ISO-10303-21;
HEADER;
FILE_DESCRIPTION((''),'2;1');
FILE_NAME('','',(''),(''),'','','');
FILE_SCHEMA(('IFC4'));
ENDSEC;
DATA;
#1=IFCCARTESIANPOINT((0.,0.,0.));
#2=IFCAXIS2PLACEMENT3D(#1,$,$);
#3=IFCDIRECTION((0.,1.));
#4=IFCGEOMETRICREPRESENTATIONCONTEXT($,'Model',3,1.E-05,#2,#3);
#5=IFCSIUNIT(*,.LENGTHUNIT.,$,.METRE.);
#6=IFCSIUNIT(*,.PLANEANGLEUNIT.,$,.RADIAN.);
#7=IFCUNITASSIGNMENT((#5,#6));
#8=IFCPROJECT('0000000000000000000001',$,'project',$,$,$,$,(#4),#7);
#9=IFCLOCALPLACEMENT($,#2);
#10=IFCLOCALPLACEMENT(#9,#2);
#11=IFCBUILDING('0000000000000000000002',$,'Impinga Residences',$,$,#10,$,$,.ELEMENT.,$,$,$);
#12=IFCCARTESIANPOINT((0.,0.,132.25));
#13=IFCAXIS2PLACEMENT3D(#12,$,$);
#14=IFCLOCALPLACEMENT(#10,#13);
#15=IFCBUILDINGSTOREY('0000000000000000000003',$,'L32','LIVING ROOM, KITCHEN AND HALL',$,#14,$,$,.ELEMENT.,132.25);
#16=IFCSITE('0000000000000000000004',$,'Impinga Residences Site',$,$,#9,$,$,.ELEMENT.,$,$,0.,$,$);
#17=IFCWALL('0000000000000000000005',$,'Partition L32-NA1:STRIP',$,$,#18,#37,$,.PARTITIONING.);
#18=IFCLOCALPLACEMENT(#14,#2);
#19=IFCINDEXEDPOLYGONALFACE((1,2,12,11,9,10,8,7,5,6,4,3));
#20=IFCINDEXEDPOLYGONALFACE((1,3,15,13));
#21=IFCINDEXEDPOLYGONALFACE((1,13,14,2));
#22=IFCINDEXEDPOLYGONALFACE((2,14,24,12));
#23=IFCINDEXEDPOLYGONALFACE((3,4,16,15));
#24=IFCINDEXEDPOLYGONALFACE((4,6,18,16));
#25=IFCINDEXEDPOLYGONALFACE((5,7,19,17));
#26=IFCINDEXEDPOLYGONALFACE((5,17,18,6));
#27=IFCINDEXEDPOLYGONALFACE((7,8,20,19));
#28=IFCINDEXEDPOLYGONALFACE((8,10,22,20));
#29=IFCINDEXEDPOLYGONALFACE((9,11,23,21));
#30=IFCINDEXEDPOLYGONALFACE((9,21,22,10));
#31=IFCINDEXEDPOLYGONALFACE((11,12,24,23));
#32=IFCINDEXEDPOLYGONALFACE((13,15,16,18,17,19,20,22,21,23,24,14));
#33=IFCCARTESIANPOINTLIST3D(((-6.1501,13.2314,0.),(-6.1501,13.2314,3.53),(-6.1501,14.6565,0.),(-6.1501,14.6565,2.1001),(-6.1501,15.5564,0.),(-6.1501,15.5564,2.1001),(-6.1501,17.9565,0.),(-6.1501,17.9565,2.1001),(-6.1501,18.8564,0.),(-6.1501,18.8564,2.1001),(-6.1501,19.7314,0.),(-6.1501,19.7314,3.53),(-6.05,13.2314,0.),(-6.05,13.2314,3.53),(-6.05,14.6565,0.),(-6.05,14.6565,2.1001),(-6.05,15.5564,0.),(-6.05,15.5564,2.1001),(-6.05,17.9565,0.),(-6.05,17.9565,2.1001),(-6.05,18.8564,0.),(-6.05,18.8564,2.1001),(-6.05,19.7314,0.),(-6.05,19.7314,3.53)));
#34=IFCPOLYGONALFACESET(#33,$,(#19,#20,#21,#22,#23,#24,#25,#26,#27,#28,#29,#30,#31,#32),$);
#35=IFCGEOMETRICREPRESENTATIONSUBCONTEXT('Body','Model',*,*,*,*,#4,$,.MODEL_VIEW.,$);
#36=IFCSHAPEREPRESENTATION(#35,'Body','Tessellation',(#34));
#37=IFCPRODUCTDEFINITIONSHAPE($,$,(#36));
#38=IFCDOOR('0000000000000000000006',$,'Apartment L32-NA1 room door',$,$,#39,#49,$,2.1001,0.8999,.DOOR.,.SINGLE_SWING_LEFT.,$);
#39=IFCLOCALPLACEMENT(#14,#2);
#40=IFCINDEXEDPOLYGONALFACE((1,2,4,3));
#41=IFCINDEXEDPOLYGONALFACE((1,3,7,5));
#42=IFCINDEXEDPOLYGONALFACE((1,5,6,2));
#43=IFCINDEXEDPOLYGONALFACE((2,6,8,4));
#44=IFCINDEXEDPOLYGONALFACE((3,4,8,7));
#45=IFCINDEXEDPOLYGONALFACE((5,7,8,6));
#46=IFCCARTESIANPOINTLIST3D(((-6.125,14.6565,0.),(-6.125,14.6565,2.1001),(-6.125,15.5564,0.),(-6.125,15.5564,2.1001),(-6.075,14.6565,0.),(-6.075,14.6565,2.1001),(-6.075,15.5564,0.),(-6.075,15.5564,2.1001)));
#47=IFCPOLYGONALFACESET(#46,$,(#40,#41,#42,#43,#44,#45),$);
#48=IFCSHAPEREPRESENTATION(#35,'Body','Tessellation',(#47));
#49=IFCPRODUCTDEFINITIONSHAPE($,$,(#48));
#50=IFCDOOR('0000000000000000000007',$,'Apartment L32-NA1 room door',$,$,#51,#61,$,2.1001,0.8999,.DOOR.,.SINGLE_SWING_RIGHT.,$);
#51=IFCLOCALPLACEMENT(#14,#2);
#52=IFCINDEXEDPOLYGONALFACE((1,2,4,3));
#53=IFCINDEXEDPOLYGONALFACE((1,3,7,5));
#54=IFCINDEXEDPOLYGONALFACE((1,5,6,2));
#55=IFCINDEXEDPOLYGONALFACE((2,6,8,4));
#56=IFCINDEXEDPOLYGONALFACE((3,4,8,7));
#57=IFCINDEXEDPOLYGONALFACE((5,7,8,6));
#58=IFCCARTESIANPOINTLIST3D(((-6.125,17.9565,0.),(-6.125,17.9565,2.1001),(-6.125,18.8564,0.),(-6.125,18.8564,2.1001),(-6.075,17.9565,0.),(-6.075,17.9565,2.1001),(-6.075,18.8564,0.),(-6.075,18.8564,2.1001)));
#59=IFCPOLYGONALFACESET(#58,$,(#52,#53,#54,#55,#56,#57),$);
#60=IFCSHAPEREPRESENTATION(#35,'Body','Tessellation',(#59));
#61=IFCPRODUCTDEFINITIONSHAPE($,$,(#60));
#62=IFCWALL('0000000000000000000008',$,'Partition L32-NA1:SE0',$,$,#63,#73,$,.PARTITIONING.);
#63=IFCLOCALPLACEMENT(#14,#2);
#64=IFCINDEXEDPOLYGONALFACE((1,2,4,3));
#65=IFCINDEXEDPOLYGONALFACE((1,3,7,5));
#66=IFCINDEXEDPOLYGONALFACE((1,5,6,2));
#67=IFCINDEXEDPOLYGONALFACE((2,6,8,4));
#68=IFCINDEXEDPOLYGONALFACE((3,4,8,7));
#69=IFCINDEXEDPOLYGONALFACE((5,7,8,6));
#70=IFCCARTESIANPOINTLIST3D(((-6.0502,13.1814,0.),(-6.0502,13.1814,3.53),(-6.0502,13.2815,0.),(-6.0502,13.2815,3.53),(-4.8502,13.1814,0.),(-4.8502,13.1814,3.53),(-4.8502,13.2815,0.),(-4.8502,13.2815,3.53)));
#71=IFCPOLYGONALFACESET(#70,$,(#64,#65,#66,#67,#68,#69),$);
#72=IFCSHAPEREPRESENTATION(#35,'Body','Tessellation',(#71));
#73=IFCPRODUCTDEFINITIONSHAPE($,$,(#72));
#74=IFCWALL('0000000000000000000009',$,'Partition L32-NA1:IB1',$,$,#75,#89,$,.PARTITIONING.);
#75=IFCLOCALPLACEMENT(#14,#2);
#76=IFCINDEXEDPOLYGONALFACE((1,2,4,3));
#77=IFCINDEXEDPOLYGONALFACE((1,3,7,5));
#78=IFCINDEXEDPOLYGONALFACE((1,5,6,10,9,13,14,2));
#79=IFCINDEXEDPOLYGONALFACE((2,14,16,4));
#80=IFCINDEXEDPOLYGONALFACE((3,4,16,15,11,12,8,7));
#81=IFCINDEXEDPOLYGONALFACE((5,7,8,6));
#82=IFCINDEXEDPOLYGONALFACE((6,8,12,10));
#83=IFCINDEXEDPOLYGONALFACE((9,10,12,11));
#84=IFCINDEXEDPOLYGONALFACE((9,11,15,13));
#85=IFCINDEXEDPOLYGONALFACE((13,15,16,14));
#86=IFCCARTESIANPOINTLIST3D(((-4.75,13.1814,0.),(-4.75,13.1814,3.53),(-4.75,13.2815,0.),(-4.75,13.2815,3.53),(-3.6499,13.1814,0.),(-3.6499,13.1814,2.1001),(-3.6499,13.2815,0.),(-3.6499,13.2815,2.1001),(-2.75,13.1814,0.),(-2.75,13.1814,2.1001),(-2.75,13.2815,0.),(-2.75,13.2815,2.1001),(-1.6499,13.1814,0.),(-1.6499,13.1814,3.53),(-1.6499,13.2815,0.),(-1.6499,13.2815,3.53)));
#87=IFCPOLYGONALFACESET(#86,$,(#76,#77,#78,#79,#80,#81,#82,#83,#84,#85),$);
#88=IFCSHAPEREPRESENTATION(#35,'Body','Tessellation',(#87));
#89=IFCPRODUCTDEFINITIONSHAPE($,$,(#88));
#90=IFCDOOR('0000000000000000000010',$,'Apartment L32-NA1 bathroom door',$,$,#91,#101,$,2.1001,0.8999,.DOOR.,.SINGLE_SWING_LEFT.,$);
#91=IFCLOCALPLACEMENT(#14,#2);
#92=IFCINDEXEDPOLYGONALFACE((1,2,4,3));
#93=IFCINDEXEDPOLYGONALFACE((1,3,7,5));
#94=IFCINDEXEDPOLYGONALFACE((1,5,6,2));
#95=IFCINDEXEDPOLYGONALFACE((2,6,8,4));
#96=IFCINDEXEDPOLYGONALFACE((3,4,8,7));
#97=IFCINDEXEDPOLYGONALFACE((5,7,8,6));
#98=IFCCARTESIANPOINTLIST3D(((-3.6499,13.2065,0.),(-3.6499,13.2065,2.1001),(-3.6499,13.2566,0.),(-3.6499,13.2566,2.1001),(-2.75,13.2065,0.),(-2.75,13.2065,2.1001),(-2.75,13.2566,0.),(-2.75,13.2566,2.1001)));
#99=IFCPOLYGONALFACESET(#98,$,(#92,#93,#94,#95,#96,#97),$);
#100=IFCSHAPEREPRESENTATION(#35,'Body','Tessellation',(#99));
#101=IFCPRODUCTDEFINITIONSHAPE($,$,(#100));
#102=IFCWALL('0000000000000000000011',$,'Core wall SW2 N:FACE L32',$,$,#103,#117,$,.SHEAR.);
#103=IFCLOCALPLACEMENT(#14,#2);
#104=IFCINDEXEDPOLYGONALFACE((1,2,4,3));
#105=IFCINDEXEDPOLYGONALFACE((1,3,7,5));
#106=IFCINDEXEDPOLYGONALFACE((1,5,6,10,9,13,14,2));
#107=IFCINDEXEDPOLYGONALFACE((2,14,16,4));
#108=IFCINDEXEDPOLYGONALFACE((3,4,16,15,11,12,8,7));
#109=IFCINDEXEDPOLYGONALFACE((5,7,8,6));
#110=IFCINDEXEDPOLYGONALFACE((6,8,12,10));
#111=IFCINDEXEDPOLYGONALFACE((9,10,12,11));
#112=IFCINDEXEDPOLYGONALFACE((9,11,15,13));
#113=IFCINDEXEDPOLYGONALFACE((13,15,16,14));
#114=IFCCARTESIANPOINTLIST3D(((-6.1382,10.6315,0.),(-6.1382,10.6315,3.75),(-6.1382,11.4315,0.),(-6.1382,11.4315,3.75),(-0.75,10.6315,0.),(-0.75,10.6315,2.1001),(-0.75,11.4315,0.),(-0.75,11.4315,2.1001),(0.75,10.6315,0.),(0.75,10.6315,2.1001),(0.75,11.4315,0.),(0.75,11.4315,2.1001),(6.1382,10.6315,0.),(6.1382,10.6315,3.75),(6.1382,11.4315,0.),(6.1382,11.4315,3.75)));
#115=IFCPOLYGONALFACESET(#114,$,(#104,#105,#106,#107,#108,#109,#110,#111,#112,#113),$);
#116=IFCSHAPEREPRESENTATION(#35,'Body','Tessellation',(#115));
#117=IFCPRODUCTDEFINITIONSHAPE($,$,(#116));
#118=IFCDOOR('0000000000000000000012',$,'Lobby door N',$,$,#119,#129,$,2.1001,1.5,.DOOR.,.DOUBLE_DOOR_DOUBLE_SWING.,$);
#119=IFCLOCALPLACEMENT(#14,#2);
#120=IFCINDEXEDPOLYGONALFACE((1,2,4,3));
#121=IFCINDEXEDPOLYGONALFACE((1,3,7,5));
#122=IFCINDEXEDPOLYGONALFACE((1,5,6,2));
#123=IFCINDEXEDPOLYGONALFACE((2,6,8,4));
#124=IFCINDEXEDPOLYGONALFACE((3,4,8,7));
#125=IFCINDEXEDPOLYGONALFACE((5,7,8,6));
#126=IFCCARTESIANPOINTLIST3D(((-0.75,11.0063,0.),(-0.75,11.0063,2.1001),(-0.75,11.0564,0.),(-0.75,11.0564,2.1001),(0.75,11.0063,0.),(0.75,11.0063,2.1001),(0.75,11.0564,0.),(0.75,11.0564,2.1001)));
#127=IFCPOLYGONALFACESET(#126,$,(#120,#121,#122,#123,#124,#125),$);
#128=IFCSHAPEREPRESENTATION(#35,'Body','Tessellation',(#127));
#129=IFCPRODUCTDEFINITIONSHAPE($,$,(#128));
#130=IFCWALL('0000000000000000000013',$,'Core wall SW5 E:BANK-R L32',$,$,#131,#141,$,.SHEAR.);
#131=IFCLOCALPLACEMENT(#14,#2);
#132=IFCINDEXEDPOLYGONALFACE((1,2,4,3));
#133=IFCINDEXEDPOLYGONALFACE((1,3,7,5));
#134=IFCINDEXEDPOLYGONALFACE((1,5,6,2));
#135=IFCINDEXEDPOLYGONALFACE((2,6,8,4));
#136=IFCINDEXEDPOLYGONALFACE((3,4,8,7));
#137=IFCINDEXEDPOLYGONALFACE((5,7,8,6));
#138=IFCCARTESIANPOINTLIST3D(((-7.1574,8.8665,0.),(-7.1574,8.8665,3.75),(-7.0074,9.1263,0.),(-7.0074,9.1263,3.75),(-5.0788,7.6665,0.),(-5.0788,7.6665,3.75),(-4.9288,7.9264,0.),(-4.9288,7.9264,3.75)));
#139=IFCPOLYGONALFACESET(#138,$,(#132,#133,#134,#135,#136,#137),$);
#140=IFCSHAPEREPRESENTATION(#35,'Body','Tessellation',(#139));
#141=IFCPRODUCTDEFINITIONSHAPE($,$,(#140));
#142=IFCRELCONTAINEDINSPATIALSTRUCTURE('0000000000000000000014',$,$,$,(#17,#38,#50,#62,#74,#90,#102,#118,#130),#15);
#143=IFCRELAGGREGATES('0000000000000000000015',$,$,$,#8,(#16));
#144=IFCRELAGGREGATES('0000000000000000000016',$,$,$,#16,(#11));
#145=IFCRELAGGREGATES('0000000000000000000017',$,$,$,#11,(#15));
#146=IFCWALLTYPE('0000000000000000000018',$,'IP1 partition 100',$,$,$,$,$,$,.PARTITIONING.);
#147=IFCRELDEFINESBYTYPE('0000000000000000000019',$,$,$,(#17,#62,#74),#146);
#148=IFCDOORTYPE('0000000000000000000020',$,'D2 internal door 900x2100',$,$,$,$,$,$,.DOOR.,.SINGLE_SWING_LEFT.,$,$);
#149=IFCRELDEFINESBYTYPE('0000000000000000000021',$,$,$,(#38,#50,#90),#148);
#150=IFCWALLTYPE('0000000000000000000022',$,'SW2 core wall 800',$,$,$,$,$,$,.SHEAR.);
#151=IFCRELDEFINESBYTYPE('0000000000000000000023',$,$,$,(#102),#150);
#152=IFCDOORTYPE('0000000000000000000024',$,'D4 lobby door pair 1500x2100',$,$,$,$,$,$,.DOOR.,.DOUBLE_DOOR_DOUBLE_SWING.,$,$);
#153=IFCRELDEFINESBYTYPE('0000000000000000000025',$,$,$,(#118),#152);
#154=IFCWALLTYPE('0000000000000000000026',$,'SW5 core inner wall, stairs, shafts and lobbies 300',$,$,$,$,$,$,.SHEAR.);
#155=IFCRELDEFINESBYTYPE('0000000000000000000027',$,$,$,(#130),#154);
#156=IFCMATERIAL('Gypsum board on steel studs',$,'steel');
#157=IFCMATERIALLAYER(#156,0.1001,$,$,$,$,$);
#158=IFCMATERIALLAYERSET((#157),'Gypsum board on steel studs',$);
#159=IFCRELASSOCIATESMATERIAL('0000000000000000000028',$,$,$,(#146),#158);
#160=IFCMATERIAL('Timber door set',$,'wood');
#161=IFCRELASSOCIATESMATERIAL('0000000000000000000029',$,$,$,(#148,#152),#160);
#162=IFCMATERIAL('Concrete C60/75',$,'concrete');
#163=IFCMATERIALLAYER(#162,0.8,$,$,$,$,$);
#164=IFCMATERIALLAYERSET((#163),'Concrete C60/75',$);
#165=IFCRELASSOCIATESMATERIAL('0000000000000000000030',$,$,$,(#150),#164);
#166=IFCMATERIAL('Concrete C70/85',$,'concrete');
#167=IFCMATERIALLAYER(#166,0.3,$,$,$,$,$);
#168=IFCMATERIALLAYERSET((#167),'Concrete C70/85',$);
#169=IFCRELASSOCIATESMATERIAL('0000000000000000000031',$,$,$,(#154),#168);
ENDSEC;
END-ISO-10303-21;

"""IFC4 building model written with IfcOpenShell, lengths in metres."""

from ifc_helpers import new_model, si_unit, direction, frame, frame_2d, origin, place, context, subcontext, project, spatial, rectangle, extrude, material, layer, layer_set, type_object, element, fill, save


model = new_model("IFC4")

# Units and contexts
model_context = context("Model", 3, precision=1e-05, world=origin(), true_north=direction((0.0, 1.0)))
body_context = subcontext(model_context, "Body", "Model", "MODEL_VIEW")
ifc_project = project(units=[si_unit("LENGTHUNIT", "METRE"), si_unit("PLANEANGLEUNIT", "RADIAN")], contexts=[model_context])

# Site, building, storey
site_placement = place(None, origin())
site = spatial("IfcSite", under=ifc_project, at=site_placement, Name="Impinga Residences Site", CompositionType="ELEMENT", RefElevation=0.0)
building_placement = place(site_placement, origin())
building = spatial("IfcBuilding", under=site, at=building_placement, Name="Impinga Residences", CompositionType="ELEMENT")
storey_placement = place(building_placement, frame((0.0, 0.0, 132.25)))
storey = spatial("IfcBuildingStorey", under=building, at=storey_placement, Name="L32", Description="LIVING ROOM, KITCHEN AND HALL", CompositionType="ELEMENT", Elevation=132.25)

# Shared definitions
ifc_material_1 = material(Name="Concrete C60/75", Category="concrete")

# Shared definitions
ifc_material_2 = material(Name="Timber door set", Category="wood")

# Shared definitions
ifc_material_3 = material(Name="Gypsum board on steel studs", Category="steel")
ifc_layer_1 = layer(ifc_material_3, 0.1001)
ifc_layer_set_1 = layer_set([ifc_layer_1], Name="Gypsum board on steel studs")
wall_type_1 = type_object("IfcWallType", Name="IP1 partition 100", PredefinedType="PARTITIONING", material=ifc_layer_set_1)

# Wall, openings, doors
wall_1_placement = place(storey_placement, frame((-6.1001, 13.2314, 0.0), z_axis=(0.0, 0.0, 1.0), x_axis=(0.0, 1.0, 0.0)))
wall_1 = element("IfcWall", 1, at=wall_1_placement, inside=storey, type_object=wall_type_1, Name="Partition L32-NA1:STRIP", PredefinedType="PARTITIONING", context=body_context, shape_type="SweptSolid", body=[
    extrude(rectangle(XDim=6.5, YDim=0.1001, at=frame_2d((3.25, 0.0))), origin(), (0.0, 0.0, 1.0), 3.53),
])
opening_1_placement = place(wall_1_placement, frame((1.425, 0.0, 0.0)))
opening_1 = element("IfcOpeningElement", 2, at=opening_1_placement, cuts=wall_1, PredefinedType="OPENING", context=body_context, shape_type="SweptSolid", body=[
    extrude(rectangle(XDim=0.8999, YDim=2.1001, at=frame_2d((0.45, 1.05))), frame((0.0, 0.0601, 0.0), z_axis=(0.0, -1.0, 0.0), x_axis=(1.0, 0.0, 0.0)), (0.0, 0.0, 1.0), 0.1201),
])
opening_2_placement = place(wall_1_placement, frame((4.7251, 0.0, 0.0)))
opening_2 = element("IfcOpeningElement", 3, at=opening_2_placement, cuts=wall_1, PredefinedType="OPENING", context=body_context, shape_type="SweptSolid", body=[
    extrude(rectangle(XDim=0.8999, YDim=2.1001, at=frame_2d((0.45, 1.05))), frame((0.0, 0.0601, 0.0), z_axis=(0.0, -1.0, 0.0), x_axis=(1.0, 0.0, 0.0)), (0.0, 0.0, 1.0), 0.1201),
])
door_type_1 = type_object("IfcDoorType", Name="D2 internal door 900x2100", OperationType="SINGLE_SWING_LEFT", PredefinedType="DOOR", material=ifc_material_2)
door_1_placement = place(opening_1_placement, origin())
door_1 = element("IfcDoor", 4, at=door_1_placement, inside=storey, type_object=door_type_1, Name="Apartment L32-NA1 room door", OperationType="SINGLE_SWING_LEFT", OverallHeight=2.1001, OverallWidth=0.8999, PredefinedType="DOOR", context=body_context, shape_type="SweptSolid", body=[
    extrude(rectangle(XDim=0.8999, YDim=2.1001, at=frame_2d((0.45, 1.05))), frame((0.0, 0.0249, 0.0), z_axis=(0.0, -1.0, 0.0), x_axis=(1.0, 0.0, 0.0)), (0.0, 0.0, 1.0), 0.05),
])
fill(opening_1, door_1)
door_2_placement = place(opening_2_placement, origin())
door_2 = element("IfcDoor", 5, at=door_2_placement, inside=storey, type_object=door_type_1, Name="Apartment L32-NA1 room door", OperationType="SINGLE_SWING_RIGHT", OverallHeight=2.1001, OverallWidth=0.8999, PredefinedType="DOOR", context=body_context, shape_type="SweptSolid", body=[
    extrude(rectangle(XDim=0.8999, YDim=2.1001, at=frame_2d((0.45, 1.05))), frame((0.0, 0.0249, 0.0), z_axis=(0.0, -1.0, 0.0), x_axis=(1.0, 0.0, 0.0)), (0.0, 0.0, 1.0), 0.05),
])
fill(opening_2, door_2)

# Wall
wall_2_placement = place(storey_placement, frame((-4.8501, 13.2314, 0.0), z_axis=(0.0, 0.0, 1.0), x_axis=(-1.0, 0.0, 0.0)))
element("IfcWall", 6, at=wall_2_placement, inside=storey, type_object=wall_type_1, Name="Partition L32-NA1:SE0", PredefinedType="PARTITIONING", context=body_context, shape_type="SweptSolid", body=[
    extrude(rectangle(XDim=1.2, YDim=0.1001, at=frame_2d((0.6001, 0.0))), origin(), (0.0, 0.0, 1.0), 3.53),
])

# Walls, openings, doors
wall_3_placement = place(storey_placement, frame((-1.6499, 13.2314, 0.0), z_axis=(0.0, 0.0, 1.0), x_axis=(-1.0, 0.0, 0.0)))
wall_3 = element("IfcWall", 7, at=wall_3_placement, inside=storey, type_object=wall_type_1, Name="Partition L32-NA1:IB1", PredefinedType="PARTITIONING", context=body_context, shape_type="SweptSolid", body=[
    extrude(rectangle(XDim=3.1001, YDim=0.1001, at=frame_2d((1.55, 0.0))), origin(), (0.0, 0.0, 1.0), 3.53),
])
opening_3_placement = place(wall_3_placement, frame((1.1001, 0.0, 0.0)))
opening_3 = element("IfcOpeningElement", 8, at=opening_3_placement, cuts=wall_3, PredefinedType="OPENING", context=body_context, shape_type="SweptSolid", body=[
    extrude(rectangle(XDim=0.8999, YDim=2.1001, at=frame_2d((0.45, 1.05))), frame((0.0, 0.0601, 0.0), z_axis=(0.0, -1.0, 0.0), x_axis=(1.0, 0.0, 0.0)), (0.0, 0.0, 1.0), 0.1201),
])
door_3_placement = place(opening_3_placement, origin())
door_3 = element("IfcDoor", 9, at=door_3_placement, inside=storey, type_object=door_type_1, Name="Apartment L32-NA1 bathroom door", OperationType="SINGLE_SWING_LEFT", OverallHeight=2.1001, OverallWidth=0.8999, PredefinedType="DOOR", context=body_context, shape_type="SweptSolid", body=[
    extrude(rectangle(XDim=0.8999, YDim=2.1001, at=frame_2d((0.45, 1.05))), frame((0.0, 0.0249, 0.0), z_axis=(0.0, -1.0, 0.0), x_axis=(1.0, 0.0, 0.0)), (0.0, 0.0, 1.0), 0.05),
])
fill(opening_3, door_3)
ifc_layer_2 = layer(ifc_material_1, 0.8)
ifc_layer_set_2 = layer_set([ifc_layer_2], Name="Concrete C60/75")
wall_type_2 = type_object("IfcWallType", Name="SW2 core wall 800", PredefinedType="SHEAR", material=ifc_layer_set_2)
wall_4_placement = place(storey_placement, frame((-6.1382, 11.0315, 0.0), z_axis=(0.0, 0.0, 1.0), x_axis=(1.0, 0.0, 0.0)))
wall_4 = element("IfcWall", 10, at=wall_4_placement, inside=storey, type_object=wall_type_2, Name="Core wall SW2 N:FACE L32", PredefinedType="SHEAR", context=body_context, shape_type="SweptSolid", body=[
    extrude(rectangle(XDim=12.2764, YDim=0.8, at=frame_2d((6.1382, 0.0))), origin(), (0.0, 0.0, 1.0), 3.75),
])
opening_4_placement = place(wall_4_placement, frame((5.3882, 0.0, 0.0)))
opening_4 = element("IfcOpeningElement", 11, at=opening_4_placement, cuts=wall_4, PredefinedType="OPENING", context=body_context, shape_type="SweptSolid", body=[
    extrude(rectangle(XDim=1.5, YDim=2.1001, at=frame_2d((0.75, 1.05))), frame((0.0, 0.4099, 0.0), z_axis=(0.0, -1.0, 0.0), x_axis=(1.0, 0.0, 0.0)), (0.0, 0.0, 1.0), 0.8201),
])
door_type_2 = type_object("IfcDoorType", Name="D4 lobby door pair 1500x2100", OperationType="DOUBLE_DOOR_DOUBLE_SWING", PredefinedType="DOOR", material=ifc_material_2)
door_4_placement = place(opening_4_placement, origin())
door_4 = element("IfcDoor", 12, at=door_4_placement, inside=storey, type_object=door_type_2, Name="Lobby door N", OperationType="DOUBLE_DOOR_DOUBLE_SWING", OverallHeight=2.1001, OverallWidth=1.5, PredefinedType="DOOR", context=body_context, shape_type="SweptSolid", body=[
    extrude(rectangle(XDim=1.5, YDim=2.1001, at=frame_2d((0.75, 1.05))), frame((0.0, 0.0249, 0.0), z_axis=(0.0, -1.0, 0.0), x_axis=(1.0, 0.0, 0.0)), (0.0, 0.0, 1.0), 0.05),
])
fill(opening_4, door_4)

# Wall
ifc_material_4 = material(Name="Concrete C70/85", Category="concrete")
ifc_layer_3 = layer(ifc_material_4, 0.3)
ifc_layer_set_3 = layer_set([ifc_layer_3], Name="Concrete C70/85")
wall_type_3 = type_object("IfcWallType", Name="SW5 core inner wall, stairs, shafts and lobbies 300", PredefinedType="SHEAR", material=ifc_layer_set_3)
wall_5_placement = place(storey_placement, frame((-5.0037, 7.7964, 0.0), z_axis=(0.0, 0.0, 1.0), x_axis=(-0.86605, 0.499957, 0.0)))
element("IfcWall", 13, at=wall_5_placement, inside=storey, type_object=wall_type_3, Name="Core wall SW5 E:BANK-R L32", PredefinedType="SHEAR", context=body_context, shape_type="SweptSolid", body=[
    extrude(rectangle(XDim=2.4001, YDim=0.3, at=frame_2d((1.2002, 0.0))), origin(), (0.0, 0.0, 1.0), 3.75),
])

save(model, "model.ifc")
